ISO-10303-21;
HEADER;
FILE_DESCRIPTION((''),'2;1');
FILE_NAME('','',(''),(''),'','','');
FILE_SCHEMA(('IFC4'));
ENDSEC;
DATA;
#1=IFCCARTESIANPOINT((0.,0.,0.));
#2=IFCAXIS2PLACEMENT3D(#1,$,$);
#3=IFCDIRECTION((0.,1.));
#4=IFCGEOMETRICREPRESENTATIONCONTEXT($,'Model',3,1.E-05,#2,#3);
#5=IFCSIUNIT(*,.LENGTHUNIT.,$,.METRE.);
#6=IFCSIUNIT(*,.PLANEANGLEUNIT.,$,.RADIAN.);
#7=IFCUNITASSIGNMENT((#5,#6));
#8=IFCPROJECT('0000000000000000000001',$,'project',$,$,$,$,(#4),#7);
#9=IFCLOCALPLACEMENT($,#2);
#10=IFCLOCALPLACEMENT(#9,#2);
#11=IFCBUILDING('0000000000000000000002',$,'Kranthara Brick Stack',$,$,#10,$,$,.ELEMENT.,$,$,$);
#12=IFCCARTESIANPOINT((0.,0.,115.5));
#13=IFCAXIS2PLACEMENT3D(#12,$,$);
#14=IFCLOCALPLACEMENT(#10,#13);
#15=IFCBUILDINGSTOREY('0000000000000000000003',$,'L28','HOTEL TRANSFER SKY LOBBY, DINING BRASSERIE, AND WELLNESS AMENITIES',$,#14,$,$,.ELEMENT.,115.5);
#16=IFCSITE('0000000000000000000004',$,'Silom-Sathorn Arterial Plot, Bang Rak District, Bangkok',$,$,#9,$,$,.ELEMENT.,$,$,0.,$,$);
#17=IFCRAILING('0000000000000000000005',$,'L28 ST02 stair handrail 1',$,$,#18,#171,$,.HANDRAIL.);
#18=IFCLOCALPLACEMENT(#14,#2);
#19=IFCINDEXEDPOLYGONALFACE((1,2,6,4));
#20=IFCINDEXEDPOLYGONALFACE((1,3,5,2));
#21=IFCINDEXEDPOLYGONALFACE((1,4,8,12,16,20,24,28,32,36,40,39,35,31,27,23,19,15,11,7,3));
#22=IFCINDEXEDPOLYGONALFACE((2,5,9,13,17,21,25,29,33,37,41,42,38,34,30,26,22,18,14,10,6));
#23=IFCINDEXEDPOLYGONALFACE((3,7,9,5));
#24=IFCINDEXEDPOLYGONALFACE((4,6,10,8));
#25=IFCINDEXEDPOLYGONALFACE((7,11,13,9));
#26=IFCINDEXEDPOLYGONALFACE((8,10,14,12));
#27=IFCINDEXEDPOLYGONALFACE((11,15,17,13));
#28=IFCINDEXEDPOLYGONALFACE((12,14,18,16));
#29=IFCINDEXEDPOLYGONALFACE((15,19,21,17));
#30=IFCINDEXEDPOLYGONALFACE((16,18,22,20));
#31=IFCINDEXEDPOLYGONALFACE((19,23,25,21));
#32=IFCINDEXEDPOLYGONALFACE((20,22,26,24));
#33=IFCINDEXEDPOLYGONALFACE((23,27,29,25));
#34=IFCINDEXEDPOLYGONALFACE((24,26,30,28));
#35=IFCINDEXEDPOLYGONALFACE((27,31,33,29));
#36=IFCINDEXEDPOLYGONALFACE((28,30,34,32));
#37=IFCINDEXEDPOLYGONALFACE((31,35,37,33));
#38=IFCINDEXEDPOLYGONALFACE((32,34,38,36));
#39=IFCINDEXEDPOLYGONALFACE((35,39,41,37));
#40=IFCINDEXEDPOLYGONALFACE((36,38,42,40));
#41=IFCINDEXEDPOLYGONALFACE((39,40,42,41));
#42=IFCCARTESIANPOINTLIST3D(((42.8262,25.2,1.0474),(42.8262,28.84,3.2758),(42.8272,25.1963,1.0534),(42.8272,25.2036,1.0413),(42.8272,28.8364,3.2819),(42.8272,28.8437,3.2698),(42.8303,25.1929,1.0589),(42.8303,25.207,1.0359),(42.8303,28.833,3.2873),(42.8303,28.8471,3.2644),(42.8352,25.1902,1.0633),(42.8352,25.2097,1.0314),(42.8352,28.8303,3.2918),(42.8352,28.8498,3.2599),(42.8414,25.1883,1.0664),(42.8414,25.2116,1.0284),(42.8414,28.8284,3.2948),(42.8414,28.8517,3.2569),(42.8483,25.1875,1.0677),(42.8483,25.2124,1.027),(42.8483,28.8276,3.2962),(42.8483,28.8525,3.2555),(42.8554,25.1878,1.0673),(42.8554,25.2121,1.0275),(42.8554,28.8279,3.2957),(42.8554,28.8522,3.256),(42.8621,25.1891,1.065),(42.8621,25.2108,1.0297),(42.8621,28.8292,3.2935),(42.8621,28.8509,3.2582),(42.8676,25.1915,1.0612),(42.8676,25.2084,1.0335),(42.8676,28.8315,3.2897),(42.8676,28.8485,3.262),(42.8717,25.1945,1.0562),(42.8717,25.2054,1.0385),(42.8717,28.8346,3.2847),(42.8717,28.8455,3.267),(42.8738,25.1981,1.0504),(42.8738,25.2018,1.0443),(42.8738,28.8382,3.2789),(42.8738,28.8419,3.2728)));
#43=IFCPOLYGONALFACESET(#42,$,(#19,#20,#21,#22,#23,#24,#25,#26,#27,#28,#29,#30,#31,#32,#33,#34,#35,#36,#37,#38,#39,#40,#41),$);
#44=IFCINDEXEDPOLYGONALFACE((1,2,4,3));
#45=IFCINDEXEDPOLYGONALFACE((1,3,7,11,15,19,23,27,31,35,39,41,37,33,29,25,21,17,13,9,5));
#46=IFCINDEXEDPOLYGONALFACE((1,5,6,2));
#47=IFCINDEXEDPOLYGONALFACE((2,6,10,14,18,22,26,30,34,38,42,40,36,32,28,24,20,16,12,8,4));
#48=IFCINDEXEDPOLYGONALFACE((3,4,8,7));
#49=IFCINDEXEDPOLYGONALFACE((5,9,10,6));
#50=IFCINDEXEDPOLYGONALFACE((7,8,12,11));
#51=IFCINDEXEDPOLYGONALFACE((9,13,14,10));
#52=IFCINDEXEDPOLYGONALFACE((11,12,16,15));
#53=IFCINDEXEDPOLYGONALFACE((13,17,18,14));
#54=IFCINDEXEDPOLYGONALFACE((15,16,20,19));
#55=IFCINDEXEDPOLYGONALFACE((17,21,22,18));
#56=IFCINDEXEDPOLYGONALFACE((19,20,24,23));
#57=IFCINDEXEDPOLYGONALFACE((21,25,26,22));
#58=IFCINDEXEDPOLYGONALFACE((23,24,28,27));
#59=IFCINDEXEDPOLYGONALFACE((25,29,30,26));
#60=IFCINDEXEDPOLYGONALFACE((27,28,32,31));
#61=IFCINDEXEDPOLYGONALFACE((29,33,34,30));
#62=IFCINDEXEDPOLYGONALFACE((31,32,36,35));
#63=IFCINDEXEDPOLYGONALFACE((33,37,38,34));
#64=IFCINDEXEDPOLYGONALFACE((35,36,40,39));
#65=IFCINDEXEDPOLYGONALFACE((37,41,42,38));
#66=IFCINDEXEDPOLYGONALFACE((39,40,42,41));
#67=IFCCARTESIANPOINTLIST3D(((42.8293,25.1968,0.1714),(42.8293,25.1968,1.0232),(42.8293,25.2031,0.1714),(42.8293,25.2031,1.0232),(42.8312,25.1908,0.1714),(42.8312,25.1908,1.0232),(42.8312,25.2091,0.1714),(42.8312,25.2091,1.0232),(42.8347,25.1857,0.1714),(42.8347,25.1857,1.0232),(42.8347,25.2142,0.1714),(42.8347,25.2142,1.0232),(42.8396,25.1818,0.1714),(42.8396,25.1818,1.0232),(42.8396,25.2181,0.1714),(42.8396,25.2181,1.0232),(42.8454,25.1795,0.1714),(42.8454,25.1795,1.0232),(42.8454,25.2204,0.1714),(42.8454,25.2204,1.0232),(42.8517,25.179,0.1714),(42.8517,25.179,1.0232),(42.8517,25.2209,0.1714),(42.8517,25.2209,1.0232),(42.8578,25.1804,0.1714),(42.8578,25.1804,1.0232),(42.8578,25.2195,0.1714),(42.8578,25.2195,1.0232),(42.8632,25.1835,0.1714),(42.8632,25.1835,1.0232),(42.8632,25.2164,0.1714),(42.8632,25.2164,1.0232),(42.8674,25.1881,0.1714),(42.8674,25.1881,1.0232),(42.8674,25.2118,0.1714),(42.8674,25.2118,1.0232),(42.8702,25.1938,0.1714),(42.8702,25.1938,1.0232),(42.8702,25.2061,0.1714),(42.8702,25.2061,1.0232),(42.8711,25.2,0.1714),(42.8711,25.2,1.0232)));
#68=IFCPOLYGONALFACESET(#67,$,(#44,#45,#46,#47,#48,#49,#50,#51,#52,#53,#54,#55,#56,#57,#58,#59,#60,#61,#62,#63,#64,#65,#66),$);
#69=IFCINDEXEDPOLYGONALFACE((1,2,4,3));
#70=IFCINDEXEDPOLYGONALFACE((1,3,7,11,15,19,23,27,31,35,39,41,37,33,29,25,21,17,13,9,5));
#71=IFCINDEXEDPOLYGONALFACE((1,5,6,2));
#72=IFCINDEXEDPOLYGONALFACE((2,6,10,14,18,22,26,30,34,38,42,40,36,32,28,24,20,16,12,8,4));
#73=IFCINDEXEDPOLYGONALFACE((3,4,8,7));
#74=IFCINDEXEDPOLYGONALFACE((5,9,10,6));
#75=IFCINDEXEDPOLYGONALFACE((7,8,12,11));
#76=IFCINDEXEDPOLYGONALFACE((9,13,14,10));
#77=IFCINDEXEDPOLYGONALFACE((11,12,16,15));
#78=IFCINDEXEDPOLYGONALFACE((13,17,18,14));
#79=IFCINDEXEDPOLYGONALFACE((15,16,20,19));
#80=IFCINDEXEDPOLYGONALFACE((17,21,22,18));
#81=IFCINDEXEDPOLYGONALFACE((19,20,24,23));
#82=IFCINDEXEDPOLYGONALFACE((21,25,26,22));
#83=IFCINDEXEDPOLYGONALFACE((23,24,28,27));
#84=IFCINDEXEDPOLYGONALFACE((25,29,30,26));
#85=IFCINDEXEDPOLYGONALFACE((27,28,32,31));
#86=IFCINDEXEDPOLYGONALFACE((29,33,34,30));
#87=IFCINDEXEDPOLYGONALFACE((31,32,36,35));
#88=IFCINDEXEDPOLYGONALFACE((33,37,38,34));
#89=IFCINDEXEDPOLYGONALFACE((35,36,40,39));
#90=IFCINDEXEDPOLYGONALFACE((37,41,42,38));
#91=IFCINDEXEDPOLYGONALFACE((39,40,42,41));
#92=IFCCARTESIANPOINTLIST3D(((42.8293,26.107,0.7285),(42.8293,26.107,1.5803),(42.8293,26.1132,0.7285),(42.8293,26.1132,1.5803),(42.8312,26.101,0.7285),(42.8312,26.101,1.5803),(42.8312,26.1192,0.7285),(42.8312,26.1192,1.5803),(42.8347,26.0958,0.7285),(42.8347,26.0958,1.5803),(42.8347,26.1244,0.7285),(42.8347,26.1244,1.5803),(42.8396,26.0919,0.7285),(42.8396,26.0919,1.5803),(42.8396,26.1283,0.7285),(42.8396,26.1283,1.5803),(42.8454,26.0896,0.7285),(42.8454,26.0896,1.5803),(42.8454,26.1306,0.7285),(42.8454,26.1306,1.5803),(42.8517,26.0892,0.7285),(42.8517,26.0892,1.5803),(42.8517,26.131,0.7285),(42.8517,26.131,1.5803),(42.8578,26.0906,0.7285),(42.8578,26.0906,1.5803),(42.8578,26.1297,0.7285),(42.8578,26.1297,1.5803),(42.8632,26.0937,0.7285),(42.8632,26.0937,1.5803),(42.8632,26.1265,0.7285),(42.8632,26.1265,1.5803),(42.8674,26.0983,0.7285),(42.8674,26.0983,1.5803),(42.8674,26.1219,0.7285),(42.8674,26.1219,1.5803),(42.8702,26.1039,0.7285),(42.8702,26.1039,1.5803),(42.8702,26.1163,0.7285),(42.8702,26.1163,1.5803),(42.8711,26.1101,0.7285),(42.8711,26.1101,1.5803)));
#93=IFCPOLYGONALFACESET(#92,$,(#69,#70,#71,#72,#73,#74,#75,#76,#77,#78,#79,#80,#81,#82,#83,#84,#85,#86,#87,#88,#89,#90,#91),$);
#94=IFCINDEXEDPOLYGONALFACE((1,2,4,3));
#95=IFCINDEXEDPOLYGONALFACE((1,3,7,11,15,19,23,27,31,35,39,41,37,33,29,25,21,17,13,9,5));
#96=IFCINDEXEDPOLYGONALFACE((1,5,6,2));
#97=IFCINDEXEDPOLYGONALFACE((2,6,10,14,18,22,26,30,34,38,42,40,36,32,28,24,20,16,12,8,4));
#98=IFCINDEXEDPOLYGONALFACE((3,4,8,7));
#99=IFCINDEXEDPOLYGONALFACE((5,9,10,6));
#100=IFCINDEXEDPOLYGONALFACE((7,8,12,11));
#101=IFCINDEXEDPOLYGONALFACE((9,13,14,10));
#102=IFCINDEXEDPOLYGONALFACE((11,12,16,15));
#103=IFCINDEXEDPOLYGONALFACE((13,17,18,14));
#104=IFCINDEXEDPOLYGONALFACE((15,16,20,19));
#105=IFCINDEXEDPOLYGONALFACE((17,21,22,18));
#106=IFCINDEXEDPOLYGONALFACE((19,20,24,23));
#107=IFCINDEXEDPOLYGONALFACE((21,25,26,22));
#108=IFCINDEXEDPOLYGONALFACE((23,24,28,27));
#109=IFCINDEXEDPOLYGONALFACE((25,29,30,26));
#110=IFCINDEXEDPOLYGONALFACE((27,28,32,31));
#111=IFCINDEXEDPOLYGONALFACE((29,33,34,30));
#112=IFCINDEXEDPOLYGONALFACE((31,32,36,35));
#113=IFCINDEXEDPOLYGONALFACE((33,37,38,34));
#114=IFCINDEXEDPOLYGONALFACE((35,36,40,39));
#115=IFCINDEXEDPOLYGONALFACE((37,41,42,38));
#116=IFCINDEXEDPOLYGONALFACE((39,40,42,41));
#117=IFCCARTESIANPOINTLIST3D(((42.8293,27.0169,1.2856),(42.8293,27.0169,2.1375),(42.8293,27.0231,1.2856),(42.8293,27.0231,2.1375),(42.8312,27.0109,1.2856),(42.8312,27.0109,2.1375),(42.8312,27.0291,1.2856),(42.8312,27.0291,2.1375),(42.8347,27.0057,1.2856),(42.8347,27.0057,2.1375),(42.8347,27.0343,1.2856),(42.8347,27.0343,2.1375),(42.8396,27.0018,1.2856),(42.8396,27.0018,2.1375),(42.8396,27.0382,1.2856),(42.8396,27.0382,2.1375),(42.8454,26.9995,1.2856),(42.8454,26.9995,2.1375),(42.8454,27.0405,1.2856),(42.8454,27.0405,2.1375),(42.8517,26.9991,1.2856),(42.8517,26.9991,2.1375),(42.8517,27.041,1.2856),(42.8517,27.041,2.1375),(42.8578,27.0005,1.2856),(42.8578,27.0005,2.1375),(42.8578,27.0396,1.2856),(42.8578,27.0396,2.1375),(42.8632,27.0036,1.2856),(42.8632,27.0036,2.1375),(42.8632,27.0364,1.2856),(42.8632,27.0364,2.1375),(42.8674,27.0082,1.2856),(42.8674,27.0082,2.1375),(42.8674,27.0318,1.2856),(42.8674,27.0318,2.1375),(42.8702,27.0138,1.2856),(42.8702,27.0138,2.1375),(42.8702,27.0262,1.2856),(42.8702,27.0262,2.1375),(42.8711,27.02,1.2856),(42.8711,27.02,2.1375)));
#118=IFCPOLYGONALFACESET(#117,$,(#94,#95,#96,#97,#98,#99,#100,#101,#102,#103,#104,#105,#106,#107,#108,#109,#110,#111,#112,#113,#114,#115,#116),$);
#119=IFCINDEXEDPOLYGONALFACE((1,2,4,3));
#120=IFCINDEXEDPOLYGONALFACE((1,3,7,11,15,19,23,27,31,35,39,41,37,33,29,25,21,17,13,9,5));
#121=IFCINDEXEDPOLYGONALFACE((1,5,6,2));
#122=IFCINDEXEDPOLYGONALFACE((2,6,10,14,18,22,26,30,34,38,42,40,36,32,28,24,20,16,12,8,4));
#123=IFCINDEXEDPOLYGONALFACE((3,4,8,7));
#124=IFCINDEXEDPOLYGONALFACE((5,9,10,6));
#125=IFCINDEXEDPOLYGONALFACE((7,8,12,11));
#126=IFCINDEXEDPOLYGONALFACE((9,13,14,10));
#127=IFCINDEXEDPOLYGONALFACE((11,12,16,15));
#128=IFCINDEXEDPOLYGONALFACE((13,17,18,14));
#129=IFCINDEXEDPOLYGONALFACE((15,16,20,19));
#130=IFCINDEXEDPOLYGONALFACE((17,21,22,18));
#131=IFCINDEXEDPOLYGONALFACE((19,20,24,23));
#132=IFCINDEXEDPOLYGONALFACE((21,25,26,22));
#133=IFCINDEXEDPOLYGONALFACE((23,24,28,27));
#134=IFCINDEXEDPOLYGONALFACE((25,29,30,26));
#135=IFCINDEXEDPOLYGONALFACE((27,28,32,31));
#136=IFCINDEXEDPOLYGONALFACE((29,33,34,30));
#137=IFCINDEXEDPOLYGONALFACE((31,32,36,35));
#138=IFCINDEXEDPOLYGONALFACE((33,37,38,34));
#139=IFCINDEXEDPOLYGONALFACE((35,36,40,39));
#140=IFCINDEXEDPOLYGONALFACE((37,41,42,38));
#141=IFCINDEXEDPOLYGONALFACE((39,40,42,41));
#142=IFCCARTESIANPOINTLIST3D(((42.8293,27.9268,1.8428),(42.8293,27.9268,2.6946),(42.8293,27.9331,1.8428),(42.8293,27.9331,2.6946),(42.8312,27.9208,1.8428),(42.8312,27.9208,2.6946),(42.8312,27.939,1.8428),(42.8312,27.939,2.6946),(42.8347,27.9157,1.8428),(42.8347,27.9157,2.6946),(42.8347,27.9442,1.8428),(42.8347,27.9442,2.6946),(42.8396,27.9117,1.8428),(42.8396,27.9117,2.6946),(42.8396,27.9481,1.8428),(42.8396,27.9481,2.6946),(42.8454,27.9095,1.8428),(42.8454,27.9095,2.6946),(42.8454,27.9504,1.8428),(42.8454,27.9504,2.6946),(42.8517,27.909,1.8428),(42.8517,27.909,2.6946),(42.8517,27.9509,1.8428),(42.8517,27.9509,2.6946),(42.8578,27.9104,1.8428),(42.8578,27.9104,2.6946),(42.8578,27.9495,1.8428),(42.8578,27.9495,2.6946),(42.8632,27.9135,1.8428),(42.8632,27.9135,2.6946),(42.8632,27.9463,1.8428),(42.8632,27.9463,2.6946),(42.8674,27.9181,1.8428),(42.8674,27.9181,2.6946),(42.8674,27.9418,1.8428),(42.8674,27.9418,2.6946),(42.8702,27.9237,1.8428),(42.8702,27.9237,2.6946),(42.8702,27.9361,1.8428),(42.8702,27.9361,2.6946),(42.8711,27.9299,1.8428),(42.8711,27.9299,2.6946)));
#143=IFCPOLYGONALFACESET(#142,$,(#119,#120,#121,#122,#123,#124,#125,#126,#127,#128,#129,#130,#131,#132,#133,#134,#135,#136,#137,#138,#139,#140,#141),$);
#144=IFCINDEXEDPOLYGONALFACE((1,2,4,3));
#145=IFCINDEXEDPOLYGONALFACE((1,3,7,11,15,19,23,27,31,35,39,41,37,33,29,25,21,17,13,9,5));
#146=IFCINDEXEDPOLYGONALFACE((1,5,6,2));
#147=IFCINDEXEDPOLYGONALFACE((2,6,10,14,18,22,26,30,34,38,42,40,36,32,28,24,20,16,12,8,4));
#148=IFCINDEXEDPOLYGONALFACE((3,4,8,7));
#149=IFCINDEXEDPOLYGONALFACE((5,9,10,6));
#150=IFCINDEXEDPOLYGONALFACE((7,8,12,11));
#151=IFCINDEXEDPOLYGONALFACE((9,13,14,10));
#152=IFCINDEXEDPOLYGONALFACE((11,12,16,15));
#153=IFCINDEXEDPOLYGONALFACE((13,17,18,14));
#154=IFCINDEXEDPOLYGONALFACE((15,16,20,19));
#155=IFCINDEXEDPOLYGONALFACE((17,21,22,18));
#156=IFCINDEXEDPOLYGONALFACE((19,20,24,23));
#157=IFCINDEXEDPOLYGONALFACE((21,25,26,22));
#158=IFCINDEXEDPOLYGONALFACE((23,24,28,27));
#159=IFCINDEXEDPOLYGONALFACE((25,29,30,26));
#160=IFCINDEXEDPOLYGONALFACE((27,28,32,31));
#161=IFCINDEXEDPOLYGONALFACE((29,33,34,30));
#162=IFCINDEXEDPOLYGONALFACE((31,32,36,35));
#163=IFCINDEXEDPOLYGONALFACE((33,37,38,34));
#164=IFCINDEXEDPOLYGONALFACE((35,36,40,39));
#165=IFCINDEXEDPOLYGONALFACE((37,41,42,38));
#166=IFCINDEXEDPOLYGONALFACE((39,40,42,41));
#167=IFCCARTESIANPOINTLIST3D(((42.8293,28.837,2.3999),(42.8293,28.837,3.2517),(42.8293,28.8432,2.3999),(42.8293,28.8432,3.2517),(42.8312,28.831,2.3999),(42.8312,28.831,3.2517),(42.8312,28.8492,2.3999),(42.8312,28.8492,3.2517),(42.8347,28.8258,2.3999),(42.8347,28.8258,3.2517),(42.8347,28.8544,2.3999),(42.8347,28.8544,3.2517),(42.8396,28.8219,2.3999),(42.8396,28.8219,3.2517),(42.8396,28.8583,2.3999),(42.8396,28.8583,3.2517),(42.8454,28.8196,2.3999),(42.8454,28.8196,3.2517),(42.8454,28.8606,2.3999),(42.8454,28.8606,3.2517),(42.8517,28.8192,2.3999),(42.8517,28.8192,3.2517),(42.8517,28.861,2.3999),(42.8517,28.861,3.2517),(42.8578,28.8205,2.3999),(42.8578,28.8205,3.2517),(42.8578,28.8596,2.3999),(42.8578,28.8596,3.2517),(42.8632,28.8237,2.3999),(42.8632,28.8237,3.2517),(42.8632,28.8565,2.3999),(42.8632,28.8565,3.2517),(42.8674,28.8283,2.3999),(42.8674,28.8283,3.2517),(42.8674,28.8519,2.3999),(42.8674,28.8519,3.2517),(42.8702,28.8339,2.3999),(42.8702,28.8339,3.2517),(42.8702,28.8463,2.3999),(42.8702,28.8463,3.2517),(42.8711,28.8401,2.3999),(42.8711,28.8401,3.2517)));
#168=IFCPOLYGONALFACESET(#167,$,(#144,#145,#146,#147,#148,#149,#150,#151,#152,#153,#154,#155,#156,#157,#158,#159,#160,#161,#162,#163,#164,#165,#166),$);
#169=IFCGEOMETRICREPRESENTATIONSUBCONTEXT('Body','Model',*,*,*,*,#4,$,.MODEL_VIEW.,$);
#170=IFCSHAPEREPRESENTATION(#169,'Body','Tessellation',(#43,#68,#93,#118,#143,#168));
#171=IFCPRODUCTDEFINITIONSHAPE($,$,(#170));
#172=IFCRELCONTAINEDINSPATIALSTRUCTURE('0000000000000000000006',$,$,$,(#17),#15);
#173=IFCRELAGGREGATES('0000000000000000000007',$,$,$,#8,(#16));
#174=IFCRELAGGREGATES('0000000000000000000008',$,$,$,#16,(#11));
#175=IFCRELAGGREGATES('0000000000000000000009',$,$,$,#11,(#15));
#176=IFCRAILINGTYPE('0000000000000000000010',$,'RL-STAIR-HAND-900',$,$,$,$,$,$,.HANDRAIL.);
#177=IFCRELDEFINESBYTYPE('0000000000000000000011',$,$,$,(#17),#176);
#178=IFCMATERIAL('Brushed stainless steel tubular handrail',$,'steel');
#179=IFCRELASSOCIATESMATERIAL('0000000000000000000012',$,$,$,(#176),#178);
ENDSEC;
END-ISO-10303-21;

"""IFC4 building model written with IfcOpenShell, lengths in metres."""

from ifc_helpers import new_model, si_unit, direction, frame, origin, origin_2d, place, context, subcontext, project, spatial, circle, extrude, material, type_object, element, save


model = new_model("IFC4")

# Units and contexts
model_context = context("Model", 3, precision=1e-05, world=origin(), true_north=direction((0.0, 1.0)))
body_context = subcontext(model_context, "Body", "Model", "MODEL_VIEW")
ifc_project = project(units=[si_unit("LENGTHUNIT", "METRE"), si_unit("PLANEANGLEUNIT", "RADIAN")], contexts=[model_context])

# Site, building, storey
site_placement = place(None, origin())
site = spatial("IfcSite", under=ifc_project, at=site_placement, Name="Silom-Sathorn Arterial Plot, Bang Rak District, Bangkok", CompositionType="ELEMENT", RefElevation=0.0)
building_placement = place(site_placement, origin())
building = spatial("IfcBuilding", under=site, at=building_placement, Name="Kranthara Brick Stack", CompositionType="ELEMENT")
storey_placement = place(building_placement, frame((0.0, 0.0, 115.5)))
storey = spatial("IfcBuildingStorey", under=building, at=storey_placement, Name="L28", Description="HOTEL TRANSFER SKY LOBBY, DINING BRASSERIE, AND WELLNESS AMENITIES", CompositionType="ELEMENT", Elevation=115.5)

# Railing
ifc_material_1 = material(Name="Brushed stainless steel tubular handrail", Category="steel")
railing_type_1 = type_object("IfcRailingType", Name="RL-STAIR-HAND-900", PredefinedType="HANDRAIL", material=ifc_material_1)
railing_1_placement = place(storey_placement, frame((42.8501, 25.2, 0.1714)))
element("IfcRailing", 1, at=railing_1_placement, inside=storey, type_object=railing_type_1, Name="L28 ST02 stair handrail 1", PredefinedType="HANDRAIL", context=body_context, shape_type="SweptSolid", body=[
    extrude(circle(Radius=0.0239, at=origin_2d()), frame((0.0, 0.0, 0.876), z_axis=(0.0, 0.852866, 0.52213), x_axis=(-1.0, 0.0, 0.0)), (0.0, 0.0, 1.0), 4.2681),
    extrude(circle(Radius=0.021, at=origin_2d()), origin(), (0.0, 0.0, 1.0), 0.8518),
    extrude(circle(Radius=0.021, at=origin_2d()), frame((0.0, 0.9102, 0.5571)), (0.0, 0.0, 1.0), 0.8518),
    extrude(circle(Radius=0.021, at=origin_2d()), frame((0.0, 1.8201, 1.1143)), (0.0, 0.0, 1.0), 0.8518),
    extrude(circle(Radius=0.021, at=origin_2d()), frame((0.0, 2.73, 1.6714)), (0.0, 0.0, 1.0), 0.8518),
    extrude(circle(Radius=0.021, at=origin_2d()), frame((0.0, 3.6401, 2.2285)), (0.0, 0.0, 1.0), 0.8518),
])

save(model, "model.ifc")
